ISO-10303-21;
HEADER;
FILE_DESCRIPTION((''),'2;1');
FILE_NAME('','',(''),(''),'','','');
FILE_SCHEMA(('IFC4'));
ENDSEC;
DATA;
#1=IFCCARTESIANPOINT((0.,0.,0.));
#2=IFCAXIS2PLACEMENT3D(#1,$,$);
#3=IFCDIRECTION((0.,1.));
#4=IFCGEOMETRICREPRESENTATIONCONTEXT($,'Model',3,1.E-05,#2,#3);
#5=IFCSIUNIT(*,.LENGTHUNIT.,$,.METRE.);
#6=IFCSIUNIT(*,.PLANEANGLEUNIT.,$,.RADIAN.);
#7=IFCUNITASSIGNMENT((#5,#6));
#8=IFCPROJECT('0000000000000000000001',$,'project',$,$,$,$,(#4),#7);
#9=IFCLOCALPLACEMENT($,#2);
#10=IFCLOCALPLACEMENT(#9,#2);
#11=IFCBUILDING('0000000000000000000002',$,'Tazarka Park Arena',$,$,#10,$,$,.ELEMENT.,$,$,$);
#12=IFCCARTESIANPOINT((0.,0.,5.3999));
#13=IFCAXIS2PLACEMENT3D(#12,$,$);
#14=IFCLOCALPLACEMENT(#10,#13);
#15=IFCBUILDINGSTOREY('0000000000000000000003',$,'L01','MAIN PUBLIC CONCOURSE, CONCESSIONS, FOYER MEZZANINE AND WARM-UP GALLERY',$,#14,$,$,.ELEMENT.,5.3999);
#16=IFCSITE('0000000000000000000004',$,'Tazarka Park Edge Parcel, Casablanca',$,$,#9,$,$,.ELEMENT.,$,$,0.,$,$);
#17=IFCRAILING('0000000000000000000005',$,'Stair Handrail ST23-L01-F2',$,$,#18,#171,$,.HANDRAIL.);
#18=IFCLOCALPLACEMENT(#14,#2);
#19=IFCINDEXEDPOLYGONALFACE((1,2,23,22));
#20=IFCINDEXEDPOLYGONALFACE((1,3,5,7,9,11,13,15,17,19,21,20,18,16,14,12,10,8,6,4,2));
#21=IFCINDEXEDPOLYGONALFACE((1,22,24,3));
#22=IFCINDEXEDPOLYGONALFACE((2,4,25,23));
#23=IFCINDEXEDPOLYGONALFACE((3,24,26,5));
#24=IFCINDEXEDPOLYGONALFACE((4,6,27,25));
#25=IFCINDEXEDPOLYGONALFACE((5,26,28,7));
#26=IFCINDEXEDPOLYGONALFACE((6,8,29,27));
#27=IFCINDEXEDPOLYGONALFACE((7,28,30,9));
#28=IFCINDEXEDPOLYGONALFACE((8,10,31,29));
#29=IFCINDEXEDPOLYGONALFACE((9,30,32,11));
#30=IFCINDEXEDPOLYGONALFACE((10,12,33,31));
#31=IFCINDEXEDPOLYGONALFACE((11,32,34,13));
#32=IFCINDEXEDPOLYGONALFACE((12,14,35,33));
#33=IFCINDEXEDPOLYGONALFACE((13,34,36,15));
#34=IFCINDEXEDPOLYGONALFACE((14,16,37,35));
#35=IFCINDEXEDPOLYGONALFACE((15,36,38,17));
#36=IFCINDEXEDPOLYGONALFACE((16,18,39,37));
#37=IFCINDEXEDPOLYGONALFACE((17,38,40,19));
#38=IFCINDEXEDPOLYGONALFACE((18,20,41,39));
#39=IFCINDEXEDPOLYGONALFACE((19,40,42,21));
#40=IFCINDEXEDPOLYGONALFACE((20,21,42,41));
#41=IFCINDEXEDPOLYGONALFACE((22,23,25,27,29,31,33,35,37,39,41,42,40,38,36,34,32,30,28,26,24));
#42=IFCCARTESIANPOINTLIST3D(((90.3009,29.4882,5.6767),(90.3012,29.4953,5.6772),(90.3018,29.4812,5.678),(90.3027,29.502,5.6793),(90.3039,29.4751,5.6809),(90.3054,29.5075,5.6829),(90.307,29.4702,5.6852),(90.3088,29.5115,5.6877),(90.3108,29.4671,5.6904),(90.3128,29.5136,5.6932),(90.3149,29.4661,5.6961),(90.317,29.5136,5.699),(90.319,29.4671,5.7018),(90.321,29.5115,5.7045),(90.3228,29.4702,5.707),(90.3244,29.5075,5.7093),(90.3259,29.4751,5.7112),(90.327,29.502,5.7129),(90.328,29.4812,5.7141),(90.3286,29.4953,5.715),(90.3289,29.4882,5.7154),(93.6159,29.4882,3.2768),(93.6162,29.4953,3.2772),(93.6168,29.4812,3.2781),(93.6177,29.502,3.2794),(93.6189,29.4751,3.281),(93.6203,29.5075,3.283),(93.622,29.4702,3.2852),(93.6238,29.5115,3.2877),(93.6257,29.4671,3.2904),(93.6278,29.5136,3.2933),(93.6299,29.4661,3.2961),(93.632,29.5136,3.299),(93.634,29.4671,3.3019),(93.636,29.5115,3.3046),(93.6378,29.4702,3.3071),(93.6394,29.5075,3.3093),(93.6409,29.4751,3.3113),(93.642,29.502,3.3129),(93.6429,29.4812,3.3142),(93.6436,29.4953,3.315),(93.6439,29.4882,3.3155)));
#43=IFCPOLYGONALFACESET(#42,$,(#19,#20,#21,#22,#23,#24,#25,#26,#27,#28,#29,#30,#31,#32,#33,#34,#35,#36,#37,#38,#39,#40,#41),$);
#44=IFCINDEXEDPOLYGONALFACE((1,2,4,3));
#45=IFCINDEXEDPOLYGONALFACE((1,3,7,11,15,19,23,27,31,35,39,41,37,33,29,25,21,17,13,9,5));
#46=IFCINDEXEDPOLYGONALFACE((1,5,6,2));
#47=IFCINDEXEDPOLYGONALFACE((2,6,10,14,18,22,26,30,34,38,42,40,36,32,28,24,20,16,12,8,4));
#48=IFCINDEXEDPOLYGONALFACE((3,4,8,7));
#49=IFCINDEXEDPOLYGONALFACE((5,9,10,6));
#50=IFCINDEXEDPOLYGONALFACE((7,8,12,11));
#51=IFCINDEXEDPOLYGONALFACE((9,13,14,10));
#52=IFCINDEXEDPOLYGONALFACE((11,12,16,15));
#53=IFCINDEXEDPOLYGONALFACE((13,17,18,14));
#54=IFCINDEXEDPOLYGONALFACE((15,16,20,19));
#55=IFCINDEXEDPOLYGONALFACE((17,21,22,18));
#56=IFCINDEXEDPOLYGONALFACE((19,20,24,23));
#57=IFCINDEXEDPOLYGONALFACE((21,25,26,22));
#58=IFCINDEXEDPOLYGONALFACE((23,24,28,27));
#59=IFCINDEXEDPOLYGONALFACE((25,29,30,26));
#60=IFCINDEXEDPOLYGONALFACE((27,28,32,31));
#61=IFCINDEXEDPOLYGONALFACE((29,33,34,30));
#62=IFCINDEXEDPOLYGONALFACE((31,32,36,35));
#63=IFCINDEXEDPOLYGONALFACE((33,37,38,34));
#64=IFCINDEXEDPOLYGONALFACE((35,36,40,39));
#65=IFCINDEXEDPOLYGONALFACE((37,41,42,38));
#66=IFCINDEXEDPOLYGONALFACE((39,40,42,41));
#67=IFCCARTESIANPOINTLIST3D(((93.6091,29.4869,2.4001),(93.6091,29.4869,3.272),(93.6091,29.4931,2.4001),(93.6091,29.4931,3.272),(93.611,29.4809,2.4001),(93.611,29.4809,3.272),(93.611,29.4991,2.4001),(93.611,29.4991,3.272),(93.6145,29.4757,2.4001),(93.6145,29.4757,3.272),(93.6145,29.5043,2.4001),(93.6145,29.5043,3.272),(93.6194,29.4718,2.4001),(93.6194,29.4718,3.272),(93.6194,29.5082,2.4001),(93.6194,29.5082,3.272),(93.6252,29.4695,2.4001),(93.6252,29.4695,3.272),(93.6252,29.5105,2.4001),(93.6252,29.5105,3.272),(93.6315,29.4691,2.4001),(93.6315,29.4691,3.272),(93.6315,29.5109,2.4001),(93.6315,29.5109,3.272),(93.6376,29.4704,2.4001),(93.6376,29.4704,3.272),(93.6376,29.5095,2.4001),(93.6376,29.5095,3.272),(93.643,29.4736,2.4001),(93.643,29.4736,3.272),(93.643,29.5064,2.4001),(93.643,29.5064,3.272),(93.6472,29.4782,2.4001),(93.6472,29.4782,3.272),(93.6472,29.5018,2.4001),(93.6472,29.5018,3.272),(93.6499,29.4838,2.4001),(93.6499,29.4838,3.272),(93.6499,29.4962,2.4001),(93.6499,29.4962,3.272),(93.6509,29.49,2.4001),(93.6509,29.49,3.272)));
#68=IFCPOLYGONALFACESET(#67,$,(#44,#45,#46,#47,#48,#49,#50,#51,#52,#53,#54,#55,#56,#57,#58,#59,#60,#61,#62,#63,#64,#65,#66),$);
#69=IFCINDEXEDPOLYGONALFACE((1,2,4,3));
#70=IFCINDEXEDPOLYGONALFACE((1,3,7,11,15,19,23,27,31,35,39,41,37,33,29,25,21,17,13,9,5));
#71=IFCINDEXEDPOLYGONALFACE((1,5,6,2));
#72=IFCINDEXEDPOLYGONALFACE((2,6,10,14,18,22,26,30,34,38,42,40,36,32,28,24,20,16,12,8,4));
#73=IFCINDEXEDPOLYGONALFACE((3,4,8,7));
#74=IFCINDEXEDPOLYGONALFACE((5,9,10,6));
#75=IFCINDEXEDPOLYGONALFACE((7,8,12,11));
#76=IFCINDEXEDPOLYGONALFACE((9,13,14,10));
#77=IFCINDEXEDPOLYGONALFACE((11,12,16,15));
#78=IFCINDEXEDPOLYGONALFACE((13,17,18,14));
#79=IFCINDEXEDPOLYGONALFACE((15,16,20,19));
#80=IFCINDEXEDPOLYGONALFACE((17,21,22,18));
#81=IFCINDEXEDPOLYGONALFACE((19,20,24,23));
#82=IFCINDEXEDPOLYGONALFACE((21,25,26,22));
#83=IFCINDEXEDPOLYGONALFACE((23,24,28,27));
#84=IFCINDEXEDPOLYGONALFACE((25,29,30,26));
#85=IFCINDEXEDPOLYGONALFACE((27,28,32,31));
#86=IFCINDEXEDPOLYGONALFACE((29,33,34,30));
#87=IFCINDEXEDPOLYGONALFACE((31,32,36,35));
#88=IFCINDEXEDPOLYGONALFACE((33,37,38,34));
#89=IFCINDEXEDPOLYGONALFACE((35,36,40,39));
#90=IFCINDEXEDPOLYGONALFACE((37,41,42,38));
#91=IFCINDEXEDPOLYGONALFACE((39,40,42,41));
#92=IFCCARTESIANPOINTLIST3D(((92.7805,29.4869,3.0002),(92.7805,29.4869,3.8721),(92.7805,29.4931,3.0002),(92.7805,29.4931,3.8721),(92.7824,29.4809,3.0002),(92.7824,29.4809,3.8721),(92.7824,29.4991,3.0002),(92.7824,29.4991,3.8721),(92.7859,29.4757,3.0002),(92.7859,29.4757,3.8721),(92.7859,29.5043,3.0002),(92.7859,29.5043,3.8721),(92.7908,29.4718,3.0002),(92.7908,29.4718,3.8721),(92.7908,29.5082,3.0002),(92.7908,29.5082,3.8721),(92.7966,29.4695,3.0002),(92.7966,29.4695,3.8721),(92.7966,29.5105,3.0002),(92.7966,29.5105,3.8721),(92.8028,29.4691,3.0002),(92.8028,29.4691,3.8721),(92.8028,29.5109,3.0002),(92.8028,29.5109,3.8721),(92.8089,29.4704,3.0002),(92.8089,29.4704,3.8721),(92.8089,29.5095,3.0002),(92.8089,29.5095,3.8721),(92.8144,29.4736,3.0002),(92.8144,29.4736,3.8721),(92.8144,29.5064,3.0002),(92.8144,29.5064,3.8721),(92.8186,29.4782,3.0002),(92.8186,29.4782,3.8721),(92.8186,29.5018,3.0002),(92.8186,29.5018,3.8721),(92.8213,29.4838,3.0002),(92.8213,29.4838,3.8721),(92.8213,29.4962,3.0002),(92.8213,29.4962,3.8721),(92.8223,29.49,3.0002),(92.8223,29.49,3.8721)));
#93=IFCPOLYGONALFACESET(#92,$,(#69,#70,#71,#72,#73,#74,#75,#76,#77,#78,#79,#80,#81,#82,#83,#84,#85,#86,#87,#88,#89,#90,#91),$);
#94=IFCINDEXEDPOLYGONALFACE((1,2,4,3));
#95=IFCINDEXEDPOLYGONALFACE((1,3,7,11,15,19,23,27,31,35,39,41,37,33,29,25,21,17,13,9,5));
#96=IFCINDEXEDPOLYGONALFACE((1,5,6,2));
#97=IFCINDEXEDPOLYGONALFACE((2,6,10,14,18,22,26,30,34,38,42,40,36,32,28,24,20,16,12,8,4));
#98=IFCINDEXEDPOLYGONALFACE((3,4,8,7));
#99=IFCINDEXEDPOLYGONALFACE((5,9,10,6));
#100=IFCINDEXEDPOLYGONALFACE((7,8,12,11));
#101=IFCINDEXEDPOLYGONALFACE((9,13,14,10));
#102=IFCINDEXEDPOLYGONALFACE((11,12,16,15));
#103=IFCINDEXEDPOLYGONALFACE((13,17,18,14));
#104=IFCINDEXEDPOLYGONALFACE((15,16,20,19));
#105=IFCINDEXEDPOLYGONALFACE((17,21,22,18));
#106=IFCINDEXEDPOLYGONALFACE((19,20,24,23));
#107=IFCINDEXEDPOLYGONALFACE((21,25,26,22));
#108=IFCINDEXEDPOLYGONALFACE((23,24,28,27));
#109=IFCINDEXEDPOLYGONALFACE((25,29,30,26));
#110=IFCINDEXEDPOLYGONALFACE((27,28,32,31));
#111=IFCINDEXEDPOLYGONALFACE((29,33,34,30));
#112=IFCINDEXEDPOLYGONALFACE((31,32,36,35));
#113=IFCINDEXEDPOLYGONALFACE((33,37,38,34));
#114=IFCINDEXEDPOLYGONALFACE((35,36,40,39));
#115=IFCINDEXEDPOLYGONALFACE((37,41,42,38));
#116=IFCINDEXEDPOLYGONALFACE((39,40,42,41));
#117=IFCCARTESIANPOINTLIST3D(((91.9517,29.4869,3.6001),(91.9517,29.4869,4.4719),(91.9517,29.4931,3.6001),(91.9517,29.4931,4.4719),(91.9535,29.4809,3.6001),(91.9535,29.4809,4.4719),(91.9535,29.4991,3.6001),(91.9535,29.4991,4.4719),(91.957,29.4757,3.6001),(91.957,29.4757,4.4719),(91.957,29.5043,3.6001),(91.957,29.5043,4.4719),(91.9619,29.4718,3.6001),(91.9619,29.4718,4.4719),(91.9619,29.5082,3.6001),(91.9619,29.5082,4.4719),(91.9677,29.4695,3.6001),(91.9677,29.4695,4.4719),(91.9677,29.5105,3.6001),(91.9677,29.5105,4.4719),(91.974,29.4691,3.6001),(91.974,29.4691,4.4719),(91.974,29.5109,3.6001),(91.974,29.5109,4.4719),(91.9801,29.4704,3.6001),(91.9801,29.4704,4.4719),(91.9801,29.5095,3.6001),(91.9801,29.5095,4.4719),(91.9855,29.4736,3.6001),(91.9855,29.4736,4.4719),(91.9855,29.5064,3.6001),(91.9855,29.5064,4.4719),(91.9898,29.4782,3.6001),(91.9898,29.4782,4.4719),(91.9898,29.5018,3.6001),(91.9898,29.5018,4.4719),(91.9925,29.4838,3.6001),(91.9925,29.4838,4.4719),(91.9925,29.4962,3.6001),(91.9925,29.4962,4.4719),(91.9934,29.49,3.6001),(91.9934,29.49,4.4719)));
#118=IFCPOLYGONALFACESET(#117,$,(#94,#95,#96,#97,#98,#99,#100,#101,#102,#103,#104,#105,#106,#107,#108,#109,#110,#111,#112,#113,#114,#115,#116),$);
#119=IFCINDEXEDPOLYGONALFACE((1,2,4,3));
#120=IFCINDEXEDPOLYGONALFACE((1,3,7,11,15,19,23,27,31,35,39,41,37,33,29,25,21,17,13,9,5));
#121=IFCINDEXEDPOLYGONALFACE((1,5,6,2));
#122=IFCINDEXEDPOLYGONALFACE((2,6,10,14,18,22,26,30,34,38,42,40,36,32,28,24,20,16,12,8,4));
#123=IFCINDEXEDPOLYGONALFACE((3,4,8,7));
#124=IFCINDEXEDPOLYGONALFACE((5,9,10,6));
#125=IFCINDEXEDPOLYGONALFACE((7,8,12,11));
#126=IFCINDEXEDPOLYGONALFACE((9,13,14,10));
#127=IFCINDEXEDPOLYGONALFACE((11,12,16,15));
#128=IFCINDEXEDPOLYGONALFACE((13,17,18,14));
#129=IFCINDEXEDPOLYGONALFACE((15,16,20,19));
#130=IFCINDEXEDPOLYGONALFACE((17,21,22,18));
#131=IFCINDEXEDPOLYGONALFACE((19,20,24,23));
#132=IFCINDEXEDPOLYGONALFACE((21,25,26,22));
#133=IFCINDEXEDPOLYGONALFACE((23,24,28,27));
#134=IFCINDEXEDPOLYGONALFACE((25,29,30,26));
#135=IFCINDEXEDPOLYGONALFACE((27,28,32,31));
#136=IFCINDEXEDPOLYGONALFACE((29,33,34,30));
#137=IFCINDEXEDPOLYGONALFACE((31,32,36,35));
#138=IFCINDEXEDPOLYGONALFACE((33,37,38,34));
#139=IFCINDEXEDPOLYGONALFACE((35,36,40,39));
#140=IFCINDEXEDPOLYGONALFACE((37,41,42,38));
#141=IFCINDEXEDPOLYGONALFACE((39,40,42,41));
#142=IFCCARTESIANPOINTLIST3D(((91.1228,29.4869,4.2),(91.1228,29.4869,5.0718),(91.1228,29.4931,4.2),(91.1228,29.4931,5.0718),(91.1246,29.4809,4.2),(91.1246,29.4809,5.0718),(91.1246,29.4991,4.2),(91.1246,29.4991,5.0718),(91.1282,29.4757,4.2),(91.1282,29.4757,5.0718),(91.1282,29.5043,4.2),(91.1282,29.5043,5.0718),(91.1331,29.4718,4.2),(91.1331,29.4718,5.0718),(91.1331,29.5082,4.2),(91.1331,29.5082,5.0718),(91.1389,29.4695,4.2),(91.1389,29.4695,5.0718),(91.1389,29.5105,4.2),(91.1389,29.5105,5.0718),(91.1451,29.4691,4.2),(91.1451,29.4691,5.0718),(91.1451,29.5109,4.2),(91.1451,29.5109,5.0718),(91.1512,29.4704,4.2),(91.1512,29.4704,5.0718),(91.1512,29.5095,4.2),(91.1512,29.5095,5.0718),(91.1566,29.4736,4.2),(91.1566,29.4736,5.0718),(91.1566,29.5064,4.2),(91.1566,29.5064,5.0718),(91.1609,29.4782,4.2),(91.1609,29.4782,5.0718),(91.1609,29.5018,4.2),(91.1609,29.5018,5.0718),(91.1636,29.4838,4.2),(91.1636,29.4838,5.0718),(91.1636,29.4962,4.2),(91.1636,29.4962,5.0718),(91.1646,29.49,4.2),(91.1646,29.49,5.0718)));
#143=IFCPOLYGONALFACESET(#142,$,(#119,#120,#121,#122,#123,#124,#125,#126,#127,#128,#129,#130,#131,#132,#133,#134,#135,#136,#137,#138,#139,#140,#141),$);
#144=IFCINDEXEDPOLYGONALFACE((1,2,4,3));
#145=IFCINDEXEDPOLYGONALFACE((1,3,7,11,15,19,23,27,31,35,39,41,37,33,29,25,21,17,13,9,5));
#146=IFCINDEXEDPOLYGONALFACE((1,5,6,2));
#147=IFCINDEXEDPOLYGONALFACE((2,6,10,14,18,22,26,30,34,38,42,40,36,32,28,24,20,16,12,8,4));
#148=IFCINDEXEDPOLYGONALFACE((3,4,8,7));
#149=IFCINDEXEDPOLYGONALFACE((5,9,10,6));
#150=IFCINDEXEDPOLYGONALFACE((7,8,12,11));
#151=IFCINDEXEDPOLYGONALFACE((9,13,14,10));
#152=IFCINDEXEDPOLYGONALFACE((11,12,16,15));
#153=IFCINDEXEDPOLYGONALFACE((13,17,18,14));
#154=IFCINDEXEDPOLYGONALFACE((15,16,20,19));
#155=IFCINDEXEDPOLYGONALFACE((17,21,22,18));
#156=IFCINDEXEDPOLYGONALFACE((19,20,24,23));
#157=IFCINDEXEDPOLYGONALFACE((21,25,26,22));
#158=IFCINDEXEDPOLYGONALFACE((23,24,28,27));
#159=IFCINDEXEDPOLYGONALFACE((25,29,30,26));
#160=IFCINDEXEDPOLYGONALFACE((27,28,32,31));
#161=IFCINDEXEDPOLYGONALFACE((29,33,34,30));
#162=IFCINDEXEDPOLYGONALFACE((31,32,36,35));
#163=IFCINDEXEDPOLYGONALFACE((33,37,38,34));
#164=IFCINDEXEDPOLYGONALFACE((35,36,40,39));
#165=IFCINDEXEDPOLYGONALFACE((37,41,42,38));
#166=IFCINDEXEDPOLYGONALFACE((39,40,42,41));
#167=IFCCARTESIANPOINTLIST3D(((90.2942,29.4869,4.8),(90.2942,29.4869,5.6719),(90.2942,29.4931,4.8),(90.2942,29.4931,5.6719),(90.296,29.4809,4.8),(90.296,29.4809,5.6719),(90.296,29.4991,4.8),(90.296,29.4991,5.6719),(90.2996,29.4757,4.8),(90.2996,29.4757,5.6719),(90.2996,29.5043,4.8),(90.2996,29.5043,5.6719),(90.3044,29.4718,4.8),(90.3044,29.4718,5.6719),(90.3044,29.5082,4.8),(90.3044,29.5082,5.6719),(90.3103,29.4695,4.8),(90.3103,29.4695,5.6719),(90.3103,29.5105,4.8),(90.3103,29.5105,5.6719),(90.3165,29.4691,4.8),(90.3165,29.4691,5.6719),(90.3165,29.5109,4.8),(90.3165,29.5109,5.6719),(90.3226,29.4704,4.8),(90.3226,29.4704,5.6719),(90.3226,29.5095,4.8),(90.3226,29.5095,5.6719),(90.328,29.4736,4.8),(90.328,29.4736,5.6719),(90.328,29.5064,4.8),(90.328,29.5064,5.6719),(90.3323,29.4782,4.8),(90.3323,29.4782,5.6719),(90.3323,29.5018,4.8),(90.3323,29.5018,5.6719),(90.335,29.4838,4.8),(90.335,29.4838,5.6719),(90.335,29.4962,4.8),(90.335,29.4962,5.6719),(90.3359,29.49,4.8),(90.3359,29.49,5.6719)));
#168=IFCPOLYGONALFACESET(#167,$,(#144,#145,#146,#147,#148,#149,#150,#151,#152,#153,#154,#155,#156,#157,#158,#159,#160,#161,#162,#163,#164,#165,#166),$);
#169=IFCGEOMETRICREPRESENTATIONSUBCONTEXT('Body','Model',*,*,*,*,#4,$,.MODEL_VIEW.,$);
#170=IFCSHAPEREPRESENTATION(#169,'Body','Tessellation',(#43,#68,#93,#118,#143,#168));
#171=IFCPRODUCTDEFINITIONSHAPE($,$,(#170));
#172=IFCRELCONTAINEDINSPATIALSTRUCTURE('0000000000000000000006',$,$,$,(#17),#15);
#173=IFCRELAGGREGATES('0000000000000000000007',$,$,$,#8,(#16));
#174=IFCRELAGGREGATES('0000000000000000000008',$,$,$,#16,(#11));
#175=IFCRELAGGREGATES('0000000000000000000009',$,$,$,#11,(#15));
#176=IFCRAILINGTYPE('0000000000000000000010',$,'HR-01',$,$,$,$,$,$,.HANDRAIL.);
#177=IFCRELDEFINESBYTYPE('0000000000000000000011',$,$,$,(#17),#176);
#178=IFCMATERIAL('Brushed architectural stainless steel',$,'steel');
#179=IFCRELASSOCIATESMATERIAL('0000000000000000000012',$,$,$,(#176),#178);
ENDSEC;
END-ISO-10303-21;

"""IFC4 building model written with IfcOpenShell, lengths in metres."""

from ifc_helpers import new_model, si_unit, direction, frame, origin, origin_2d, place, context, subcontext, project, spatial, circle, extrude, material, type_object, element, save


model = new_model("IFC4")

# Units and contexts
model_context = context("Model", 3, precision=1e-05, world=origin(), true_north=direction((0.0, 1.0)))
body_context = subcontext(model_context, "Body", "Model", "MODEL_VIEW")
ifc_project = project(units=[si_unit("LENGTHUNIT", "METRE"), si_unit("PLANEANGLEUNIT", "RADIAN")], contexts=[model_context])

# Site, building, storey
site_placement = place(None, origin())
site = spatial("IfcSite", under=ifc_project, at=site_placement, Name="Tazarka Park Edge Parcel, Casablanca", CompositionType="ELEMENT", RefElevation=0.0)
building_placement = place(site_placement, origin())
building = spatial("IfcBuilding", under=site, at=building_placement, Name="Tazarka Park Arena", CompositionType="ELEMENT")
storey_placement = place(building_placement, frame((0.0, 0.0, 5.3999)))
storey = spatial("IfcBuildingStorey", under=building, at=storey_placement, Name="L01", Description="MAIN PUBLIC CONCOURSE, CONCESSIONS, FOYER MEZZANINE AND WARM-UP GALLERY", CompositionType="ELEMENT", Elevation=5.3999)

# Railing
ifc_material_1 = material(Name="Brushed architectural stainless steel", Category="steel")
railing_type_1 = type_object("IfcRailingType", Name="HR-01", PredefinedType="HANDRAIL", material=ifc_material_1)
railing_1_placement = place(storey_placement, frame((93.6299, 29.49, 2.4001)))
element("IfcRailing", 1, at=railing_1_placement, inside=storey, type_object=railing_type_1, Name="Stair Handrail ST23-L01-F2", PredefinedType="HANDRAIL", context=body_context, shape_type="SweptSolid", body=[
    extrude(circle(Radius=0.0239, at=origin_2d()), frame((0.0, 0.0, 0.896), z_axis=(-0.810009, 0.0, 0.586418), x_axis=(0.0, -1.0, 0.0)), (0.0, 0.0, 1.0), 4.0925),
    extrude(circle(Radius=0.021, at=origin_2d()), origin(), (0.0, 0.0, 1.0), 0.8718),
    extrude(circle(Radius=0.021, at=origin_2d()), frame((-0.8286, 0.0, 0.6001)), (0.0, 0.0, 1.0), 0.8718),
    extrude(circle(Radius=0.021, at=origin_2d()), frame((-1.6575, 0.0, 1.2)), (0.0, 0.0, 1.0), 0.8718),
    extrude(circle(Radius=0.021, at=origin_2d()), frame((-2.4863, 0.0, 1.7998)), (0.0, 0.0, 1.0), 0.8718),
    extrude(circle(Radius=0.021, at=origin_2d()), frame((-3.3149, 0.0, 2.3999)), (0.0, 0.0, 1.0), 0.8718),
])

save(model, "model.ifc")
